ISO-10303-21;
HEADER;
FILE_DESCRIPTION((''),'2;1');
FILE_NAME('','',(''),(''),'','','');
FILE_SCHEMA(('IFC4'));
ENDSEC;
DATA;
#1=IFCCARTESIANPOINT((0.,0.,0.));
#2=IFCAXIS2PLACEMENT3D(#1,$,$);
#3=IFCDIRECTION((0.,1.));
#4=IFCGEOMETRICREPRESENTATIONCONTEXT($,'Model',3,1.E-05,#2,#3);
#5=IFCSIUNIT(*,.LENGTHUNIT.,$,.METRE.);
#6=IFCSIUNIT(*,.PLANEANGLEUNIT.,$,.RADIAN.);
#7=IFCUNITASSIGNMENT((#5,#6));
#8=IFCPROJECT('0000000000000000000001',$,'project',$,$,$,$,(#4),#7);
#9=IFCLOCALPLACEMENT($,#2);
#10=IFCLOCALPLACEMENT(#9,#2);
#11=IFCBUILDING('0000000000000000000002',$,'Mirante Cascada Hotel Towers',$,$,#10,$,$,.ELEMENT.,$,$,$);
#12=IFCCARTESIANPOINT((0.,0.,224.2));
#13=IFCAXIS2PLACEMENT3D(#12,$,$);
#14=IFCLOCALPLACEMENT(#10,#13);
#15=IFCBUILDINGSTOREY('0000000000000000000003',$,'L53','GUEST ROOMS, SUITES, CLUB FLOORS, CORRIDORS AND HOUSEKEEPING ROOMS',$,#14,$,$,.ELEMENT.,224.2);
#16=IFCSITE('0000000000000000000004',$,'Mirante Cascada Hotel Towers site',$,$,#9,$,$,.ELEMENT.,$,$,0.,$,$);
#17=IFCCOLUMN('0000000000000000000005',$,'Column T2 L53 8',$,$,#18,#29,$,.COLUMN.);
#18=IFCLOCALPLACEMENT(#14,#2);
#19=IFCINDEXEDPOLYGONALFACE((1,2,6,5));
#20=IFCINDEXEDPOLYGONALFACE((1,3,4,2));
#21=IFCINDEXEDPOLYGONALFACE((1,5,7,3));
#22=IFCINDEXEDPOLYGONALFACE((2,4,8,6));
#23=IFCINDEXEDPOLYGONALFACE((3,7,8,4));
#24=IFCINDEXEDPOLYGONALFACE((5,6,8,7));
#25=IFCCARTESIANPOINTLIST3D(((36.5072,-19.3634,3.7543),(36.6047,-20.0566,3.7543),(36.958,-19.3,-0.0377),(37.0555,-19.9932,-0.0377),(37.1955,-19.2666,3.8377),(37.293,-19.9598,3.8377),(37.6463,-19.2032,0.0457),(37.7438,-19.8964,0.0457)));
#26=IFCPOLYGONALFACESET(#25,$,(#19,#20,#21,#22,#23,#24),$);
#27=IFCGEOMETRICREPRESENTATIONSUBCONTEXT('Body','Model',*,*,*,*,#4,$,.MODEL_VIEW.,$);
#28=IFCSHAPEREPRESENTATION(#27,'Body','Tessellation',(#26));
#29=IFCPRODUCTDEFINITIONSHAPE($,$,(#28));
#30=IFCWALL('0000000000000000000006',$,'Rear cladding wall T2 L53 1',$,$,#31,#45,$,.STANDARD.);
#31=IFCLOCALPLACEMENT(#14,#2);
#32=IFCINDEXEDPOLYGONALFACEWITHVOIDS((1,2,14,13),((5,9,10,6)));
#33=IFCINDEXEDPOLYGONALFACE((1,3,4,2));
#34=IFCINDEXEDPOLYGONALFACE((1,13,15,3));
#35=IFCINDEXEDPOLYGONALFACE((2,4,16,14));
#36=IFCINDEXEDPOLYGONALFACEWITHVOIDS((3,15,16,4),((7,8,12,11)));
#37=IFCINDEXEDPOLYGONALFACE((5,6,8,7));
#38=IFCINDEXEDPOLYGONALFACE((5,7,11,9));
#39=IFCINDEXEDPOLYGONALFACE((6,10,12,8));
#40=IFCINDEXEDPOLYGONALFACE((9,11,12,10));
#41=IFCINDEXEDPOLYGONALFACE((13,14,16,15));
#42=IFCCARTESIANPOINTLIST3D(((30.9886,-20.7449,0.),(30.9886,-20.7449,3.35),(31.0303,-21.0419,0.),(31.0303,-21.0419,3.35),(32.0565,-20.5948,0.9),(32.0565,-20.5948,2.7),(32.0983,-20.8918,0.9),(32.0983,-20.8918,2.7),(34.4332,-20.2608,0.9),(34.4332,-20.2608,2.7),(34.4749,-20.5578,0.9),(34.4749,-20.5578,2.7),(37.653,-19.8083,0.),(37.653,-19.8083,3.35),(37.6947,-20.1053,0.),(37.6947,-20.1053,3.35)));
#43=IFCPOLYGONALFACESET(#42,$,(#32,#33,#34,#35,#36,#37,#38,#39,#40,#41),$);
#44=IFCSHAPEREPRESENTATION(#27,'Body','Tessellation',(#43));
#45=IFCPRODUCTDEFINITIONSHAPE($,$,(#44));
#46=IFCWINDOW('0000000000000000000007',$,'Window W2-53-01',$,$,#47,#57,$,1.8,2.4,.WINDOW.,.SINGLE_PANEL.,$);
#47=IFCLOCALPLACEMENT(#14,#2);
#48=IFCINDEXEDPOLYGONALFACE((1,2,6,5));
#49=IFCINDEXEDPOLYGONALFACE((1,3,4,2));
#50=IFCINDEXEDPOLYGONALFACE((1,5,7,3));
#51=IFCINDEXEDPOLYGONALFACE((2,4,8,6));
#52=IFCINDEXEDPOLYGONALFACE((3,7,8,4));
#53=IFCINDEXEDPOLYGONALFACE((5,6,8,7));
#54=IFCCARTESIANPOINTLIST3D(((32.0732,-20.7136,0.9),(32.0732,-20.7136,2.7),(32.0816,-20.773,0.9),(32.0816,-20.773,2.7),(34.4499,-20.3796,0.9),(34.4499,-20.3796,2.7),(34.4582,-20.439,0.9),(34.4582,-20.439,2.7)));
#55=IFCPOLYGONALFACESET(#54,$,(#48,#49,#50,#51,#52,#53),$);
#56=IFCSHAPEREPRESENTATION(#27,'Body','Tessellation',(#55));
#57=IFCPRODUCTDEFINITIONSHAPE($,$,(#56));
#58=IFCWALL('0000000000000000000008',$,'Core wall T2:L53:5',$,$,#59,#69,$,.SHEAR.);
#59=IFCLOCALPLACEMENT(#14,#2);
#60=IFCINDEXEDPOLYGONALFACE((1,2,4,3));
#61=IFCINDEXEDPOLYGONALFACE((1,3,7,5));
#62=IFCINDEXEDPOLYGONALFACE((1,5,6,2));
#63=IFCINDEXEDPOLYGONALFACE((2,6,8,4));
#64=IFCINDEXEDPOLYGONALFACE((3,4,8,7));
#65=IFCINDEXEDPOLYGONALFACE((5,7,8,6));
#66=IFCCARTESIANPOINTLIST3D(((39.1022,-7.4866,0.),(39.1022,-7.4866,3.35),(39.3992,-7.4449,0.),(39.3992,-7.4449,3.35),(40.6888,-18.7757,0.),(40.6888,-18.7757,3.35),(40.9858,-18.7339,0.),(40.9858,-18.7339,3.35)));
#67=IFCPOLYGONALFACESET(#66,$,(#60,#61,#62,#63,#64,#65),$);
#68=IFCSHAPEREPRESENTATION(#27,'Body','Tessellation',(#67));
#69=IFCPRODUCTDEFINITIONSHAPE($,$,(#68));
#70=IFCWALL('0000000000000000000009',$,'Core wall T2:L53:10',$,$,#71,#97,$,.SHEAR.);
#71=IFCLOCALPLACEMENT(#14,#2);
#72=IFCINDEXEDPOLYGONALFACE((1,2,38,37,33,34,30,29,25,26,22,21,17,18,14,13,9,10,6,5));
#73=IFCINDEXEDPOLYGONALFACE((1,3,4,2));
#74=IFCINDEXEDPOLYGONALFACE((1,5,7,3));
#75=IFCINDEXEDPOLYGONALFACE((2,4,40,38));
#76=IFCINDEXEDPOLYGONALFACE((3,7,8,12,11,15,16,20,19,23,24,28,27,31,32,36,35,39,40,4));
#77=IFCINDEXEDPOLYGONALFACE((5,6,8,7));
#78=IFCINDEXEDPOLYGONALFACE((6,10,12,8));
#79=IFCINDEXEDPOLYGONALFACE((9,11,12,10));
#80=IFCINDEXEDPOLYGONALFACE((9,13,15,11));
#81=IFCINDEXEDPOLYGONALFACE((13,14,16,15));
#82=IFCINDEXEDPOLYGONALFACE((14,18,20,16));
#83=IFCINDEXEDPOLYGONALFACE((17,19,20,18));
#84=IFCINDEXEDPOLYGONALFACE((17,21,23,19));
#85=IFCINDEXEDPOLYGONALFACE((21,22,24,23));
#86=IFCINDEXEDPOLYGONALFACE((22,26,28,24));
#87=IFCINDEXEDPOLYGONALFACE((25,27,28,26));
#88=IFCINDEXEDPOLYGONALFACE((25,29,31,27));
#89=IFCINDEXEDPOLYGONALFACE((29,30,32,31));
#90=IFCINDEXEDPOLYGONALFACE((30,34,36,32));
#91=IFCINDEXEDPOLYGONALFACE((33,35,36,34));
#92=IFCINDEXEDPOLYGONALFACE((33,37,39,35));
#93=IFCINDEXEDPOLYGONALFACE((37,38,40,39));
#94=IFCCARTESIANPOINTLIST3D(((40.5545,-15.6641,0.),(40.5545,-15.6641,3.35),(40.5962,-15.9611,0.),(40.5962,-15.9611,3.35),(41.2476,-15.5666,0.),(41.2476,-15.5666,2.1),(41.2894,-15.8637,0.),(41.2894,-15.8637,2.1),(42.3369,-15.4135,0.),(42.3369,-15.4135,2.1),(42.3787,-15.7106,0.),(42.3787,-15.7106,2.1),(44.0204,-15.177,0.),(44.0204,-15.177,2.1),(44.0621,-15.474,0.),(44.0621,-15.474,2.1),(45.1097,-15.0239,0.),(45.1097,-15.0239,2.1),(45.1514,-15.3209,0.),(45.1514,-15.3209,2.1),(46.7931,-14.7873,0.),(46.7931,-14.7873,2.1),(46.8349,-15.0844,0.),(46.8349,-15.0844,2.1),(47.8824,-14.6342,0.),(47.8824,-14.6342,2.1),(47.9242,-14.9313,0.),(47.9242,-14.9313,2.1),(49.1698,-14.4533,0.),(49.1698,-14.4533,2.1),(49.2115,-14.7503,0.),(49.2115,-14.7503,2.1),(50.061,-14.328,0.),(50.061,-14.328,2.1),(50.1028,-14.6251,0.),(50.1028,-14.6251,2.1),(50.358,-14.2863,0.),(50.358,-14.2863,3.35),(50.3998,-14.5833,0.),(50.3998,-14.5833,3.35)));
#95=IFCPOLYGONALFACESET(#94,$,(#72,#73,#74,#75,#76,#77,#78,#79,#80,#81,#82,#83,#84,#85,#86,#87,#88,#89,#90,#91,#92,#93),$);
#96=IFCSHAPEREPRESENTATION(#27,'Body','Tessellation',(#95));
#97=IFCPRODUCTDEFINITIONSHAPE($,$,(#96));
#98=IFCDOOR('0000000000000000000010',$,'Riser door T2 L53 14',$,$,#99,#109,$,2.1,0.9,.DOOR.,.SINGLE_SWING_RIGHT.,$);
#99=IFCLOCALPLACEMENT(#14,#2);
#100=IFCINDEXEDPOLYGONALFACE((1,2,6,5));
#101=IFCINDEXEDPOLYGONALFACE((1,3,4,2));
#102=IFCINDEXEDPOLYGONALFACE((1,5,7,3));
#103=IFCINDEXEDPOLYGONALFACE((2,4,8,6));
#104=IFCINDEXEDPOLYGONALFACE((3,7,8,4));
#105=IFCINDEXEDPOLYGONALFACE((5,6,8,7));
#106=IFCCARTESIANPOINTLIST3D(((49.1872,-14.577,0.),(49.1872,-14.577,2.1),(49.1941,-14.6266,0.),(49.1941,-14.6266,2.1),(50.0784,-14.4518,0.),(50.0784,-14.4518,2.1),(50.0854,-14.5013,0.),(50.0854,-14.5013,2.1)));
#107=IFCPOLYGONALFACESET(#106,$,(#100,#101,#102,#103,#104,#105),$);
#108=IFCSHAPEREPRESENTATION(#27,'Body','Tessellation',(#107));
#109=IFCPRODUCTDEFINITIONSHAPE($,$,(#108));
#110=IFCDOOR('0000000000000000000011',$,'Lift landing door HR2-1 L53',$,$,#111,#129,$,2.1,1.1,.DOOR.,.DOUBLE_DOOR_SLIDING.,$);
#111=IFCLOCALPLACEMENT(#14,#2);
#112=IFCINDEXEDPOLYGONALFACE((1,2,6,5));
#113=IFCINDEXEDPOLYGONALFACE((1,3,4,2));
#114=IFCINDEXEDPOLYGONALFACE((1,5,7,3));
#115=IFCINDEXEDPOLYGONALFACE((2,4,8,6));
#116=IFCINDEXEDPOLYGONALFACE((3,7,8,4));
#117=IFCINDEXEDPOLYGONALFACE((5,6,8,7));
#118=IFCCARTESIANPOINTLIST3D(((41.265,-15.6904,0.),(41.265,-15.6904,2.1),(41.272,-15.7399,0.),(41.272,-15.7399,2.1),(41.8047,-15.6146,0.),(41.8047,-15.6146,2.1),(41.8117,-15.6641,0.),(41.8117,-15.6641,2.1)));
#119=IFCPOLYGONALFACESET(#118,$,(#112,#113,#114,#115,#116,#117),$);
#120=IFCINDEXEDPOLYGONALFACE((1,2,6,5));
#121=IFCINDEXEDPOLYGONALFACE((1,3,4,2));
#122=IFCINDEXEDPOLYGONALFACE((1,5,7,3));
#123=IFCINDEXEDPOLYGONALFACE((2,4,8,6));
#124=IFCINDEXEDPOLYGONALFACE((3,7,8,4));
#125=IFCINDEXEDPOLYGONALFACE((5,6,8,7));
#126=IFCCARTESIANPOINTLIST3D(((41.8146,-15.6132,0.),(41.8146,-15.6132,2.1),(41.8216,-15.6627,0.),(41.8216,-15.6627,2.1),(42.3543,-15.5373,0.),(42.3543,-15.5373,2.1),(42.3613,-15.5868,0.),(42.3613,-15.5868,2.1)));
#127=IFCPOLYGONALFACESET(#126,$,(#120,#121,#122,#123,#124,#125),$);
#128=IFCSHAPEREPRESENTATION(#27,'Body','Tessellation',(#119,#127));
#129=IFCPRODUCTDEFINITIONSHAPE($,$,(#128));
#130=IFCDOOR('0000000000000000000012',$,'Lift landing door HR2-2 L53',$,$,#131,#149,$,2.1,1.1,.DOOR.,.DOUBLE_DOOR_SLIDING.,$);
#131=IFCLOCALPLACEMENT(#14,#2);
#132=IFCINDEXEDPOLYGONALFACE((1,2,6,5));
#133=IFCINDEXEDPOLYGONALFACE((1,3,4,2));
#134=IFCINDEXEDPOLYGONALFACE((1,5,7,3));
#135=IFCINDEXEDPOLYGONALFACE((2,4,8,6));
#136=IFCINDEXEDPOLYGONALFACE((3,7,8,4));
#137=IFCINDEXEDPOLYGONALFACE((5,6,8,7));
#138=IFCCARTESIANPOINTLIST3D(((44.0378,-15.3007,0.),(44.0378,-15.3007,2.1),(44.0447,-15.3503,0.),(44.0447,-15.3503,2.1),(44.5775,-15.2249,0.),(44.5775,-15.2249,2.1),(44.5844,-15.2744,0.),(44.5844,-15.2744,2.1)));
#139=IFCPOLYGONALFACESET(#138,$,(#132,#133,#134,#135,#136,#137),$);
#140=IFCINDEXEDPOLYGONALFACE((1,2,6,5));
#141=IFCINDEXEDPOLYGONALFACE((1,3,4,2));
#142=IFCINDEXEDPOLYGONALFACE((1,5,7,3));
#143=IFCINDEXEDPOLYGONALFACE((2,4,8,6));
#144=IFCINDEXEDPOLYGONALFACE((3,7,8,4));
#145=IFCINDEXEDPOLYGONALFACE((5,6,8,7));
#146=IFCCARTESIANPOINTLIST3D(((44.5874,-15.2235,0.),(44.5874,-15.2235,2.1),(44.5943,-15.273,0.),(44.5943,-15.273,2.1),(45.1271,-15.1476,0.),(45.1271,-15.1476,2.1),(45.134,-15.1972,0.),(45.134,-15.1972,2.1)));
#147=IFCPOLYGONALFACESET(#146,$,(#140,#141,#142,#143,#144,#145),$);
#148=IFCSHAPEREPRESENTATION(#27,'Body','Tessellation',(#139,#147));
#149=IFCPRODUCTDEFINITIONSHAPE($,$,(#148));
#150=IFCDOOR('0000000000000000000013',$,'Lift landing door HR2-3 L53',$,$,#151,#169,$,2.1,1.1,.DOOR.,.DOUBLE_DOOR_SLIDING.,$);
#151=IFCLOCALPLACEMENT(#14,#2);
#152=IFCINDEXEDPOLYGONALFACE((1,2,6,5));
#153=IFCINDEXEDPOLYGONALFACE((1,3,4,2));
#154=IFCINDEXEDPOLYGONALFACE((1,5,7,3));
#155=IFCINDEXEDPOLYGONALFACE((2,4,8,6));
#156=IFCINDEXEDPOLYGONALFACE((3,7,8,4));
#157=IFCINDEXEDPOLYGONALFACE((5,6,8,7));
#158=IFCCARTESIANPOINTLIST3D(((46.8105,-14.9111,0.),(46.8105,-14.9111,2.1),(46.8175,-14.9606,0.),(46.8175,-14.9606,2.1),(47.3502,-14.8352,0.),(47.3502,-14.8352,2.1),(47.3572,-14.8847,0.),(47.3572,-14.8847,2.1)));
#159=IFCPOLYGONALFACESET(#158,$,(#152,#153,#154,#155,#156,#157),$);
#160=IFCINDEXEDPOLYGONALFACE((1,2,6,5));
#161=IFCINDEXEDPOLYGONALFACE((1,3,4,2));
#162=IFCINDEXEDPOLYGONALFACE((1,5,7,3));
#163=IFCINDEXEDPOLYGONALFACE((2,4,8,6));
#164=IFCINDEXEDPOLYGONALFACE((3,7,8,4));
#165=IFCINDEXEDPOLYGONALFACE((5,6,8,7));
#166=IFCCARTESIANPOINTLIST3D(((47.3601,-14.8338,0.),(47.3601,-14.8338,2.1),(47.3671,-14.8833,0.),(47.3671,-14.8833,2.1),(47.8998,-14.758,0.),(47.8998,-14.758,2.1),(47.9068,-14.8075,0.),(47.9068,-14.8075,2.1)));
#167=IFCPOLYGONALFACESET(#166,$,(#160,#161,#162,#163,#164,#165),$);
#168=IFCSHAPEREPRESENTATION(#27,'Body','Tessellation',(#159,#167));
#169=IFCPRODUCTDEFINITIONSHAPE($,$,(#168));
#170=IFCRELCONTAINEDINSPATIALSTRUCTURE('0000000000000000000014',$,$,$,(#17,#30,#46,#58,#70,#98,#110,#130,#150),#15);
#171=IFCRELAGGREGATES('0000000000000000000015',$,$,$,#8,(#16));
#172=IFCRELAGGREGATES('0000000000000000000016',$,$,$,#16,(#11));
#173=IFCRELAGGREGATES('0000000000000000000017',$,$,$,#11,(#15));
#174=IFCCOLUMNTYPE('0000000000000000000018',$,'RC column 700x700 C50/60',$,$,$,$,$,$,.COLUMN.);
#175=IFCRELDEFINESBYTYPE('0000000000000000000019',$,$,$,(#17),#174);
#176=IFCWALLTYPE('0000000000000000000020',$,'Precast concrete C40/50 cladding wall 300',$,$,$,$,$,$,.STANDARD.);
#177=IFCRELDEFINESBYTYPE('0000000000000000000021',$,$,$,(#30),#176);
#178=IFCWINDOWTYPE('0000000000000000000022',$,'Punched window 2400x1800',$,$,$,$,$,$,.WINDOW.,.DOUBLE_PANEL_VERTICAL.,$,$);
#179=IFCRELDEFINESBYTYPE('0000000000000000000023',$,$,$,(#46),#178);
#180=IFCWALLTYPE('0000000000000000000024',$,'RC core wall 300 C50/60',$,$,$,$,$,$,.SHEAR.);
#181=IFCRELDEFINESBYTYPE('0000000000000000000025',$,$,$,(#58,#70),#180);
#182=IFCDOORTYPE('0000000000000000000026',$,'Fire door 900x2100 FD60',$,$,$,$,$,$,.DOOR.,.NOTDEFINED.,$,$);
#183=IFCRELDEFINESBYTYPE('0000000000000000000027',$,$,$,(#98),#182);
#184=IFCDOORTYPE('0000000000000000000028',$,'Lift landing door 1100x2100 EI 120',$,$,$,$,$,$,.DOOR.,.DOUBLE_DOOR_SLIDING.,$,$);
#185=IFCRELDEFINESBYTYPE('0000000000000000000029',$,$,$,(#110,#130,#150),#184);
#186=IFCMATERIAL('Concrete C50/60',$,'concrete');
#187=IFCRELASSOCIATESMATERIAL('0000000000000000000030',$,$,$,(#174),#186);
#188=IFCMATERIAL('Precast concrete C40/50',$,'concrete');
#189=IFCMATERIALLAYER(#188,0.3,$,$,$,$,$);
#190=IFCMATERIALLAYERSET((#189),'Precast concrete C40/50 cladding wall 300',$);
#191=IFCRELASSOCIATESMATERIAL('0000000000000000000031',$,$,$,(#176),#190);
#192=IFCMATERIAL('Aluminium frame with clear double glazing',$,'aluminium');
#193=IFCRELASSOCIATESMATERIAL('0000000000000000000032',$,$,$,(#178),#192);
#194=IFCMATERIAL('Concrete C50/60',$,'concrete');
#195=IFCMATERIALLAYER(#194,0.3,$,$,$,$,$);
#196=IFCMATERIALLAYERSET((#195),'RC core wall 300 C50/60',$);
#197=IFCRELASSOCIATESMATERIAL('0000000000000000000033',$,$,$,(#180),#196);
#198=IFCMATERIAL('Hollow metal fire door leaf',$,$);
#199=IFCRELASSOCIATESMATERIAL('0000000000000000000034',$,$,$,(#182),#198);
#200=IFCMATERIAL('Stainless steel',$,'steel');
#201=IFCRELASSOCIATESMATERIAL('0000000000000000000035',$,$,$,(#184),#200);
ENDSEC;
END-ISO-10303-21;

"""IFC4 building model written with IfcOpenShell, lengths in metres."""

from ifc_helpers import new_model, si_unit, direction, frame, frame_2d, origin, origin_2d, place, context, subcontext, project, spatial, rectangle, extrude, material, layer, layer_set, material_profile, profile_set, type_object, element, fill, save


model = new_model("IFC4")

# Units and contexts
model_context = context("Model", 3, precision=1e-05, world=origin(), true_north=direction((0.0, 1.0)))
body_context = subcontext(model_context, "Body", "Model", "MODEL_VIEW")
ifc_project = project(units=[si_unit("LENGTHUNIT", "METRE"), si_unit("PLANEANGLEUNIT", "RADIAN")], contexts=[model_context])

# Site, building, storey
site_placement = place(None, origin())
site = spatial("IfcSite", under=ifc_project, at=site_placement, Name="Mirante Cascada Hotel Towers site", CompositionType="ELEMENT", RefElevation=0.0)
building_placement = place(site_placement, origin())
building = spatial("IfcBuilding", under=site, at=building_placement, Name="Mirante Cascada Hotel Towers", CompositionType="ELEMENT")
storey_placement = place(building_placement, frame((0.0, 0.0, 224.2)))
storey = spatial("IfcBuildingStorey", under=building, at=storey_placement, Name="L53", Description="GUEST ROOMS, SUITES, CLUB FLOORS, CORRIDORS AND HOUSEKEEPING ROOMS", CompositionType="ELEMENT", Elevation=224.2)

# Column
ifc_material_1 = material(Name="Concrete C50/60", Category="concrete")
ifc_material_profile = material_profile(ifc_material_1, rectangle(XDim=0.7, YDim=0.7, at=origin_2d()), Name="RC column 700x700 C50/60")
ifc_profile_set = profile_set([ifc_material_profile], Name="Concrete C50/60")
column_type = type_object("IfcColumnType", Name="RC column 700x700 C50/60", PredefinedType="COLUMN", material=ifc_profile_set)
column_placement = place(storey_placement, frame((37.3509, -19.5982, 0.004), z_axis=(-0.118034, -0.0166, 0.992871), x_axis=(0.139268, -0.990255, 0.0)))
element("IfcColumn", 1, at=column_placement, inside=storey, type_object=column_type, Name="Column T2 L53 8", PredefinedType="COLUMN", context=body_context, shape_type="SweptSolid", body=[
    extrude(rectangle(XDim=0.7, YDim=0.7, at=origin_2d()), origin(), (0.0, 0.0, 1.0), 3.8192),
])

# Wall, opening, window
ifc_material_2 = material(Name="Precast concrete C40/50", Category="concrete")
ifc_layer_1 = layer(ifc_material_2, 0.3)
ifc_layer_set_1 = layer_set([ifc_layer_1], Name="Precast concrete C40/50 cladding wall 300")
wall_type_1 = type_object("IfcWallType", Name="Precast concrete C40/50 cladding wall 300", PredefinedType="STANDARD", material=ifc_layer_set_1)
wall_1_placement = place(storey_placement, frame((31.0094, -20.8934, 0.0), z_axis=(0.0, 0.0, 1.0), x_axis=(0.990268, 0.13917, 0.0)))
wall_1 = element("IfcWall", 2, at=wall_1_placement, inside=storey, type_object=wall_type_1, Name="Rear cladding wall T2 L53 1", PredefinedType="STANDARD", context=body_context, shape_type="SweptSolid", body=[
    extrude(rectangle(XDim=6.7299, YDim=0.3, at=frame_2d((3.365, 0.0))), origin(), (0.0, 0.0, 1.0), 3.35),
])
opening_1_placement = place(wall_1_placement, frame((1.0785, 0.0, 0.9)))
opening_1 = element("IfcOpeningElement", 3, at=opening_1_placement, cuts=wall_1, PredefinedType="OPENING", context=body_context, shape_type="SweptSolid", body=[
    extrude(rectangle(XDim=2.4, YDim=1.8, at=frame_2d((1.2, 0.9))), frame((0.0, 0.15, 0.0), z_axis=(0.0, -1.0, 0.0), x_axis=(1.0, 0.0, 0.0)), (0.0, 0.0, 1.0), 0.3),
])
ifc_material_3 = material(Name="Aluminium frame with clear double glazing", Category="aluminium")
window_type = type_object("IfcWindowType", Name="Punched window 2400x1800", PartitioningType="DOUBLE_PANEL_VERTICAL", PredefinedType="WINDOW", material=ifc_material_3)
window_placement = place(opening_1_placement, origin())
window = element("IfcWindow", 4, at=window_placement, inside=storey, type_object=window_type, Name="Window W2-53-01", OverallHeight=1.8, OverallWidth=2.4, PartitioningType="SINGLE_PANEL", PredefinedType="WINDOW", context=body_context, shape_type="SweptSolid", body=[
    extrude(rectangle(XDim=2.4, YDim=1.8, at=frame_2d((1.2, 0.9))), frame((0.0, 0.03, 0.0), z_axis=(0.0, -1.0, 0.0), x_axis=(1.0, 0.0, 0.0)), (0.0, 0.0, 1.0), 0.06),
])
fill(opening_1, window)

# Wall
ifc_material_4 = material(Name="Concrete C50/60", Category="concrete")
ifc_layer_2 = layer(ifc_material_4, 0.3)
ifc_layer_set_2 = layer_set([ifc_layer_2], Name="RC core wall 300 C50/60")
wall_type_2 = type_object("IfcWallType", Name="RC core wall 300 C50/60", PredefinedType="SHEAR", material=ifc_layer_set_2)
wall_2_placement = place(storey_placement, frame((40.8373, -18.7548, 0.0), z_axis=(0.0, 0.0, 1.0), x_axis=(-0.139175, 0.990268, 0.0)))
element("IfcWall", 5, at=wall_2_placement, inside=storey, type_object=wall_type_2, Name="Core wall T2:L53:5", PredefinedType="SHEAR", context=body_context, shape_type="SweptSolid", body=[
    extrude(rectangle(XDim=11.4, YDim=0.3, at=frame_2d((5.7, 0.0))), origin(), (0.0, 0.0, 1.0), 3.35),
])

# Wall, openings, doors
wall_3_placement = place(storey_placement, frame((40.5753, -15.8126, 0.0), z_axis=(0.0, 0.0, 1.0), x_axis=(0.990268, 0.139173, 0.0)))
wall_3 = element("IfcWall", 6, at=wall_3_placement, inside=storey, type_object=wall_type_2, Name="Core wall T2:L53:10", PredefinedType="SHEAR", context=body_context, shape_type="SweptSolid", body=[
    extrude(rectangle(XDim=9.8999, YDim=0.3, at=frame_2d((4.95, 0.0))), origin(), (0.0, 0.0, 1.0), 3.35),
])
opening_2_placement = place(wall_3_placement, frame((0.7, 0.0, 0.0)))
opening_2 = element("IfcOpeningElement", 7, at=opening_2_placement, cuts=wall_3, PredefinedType="OPENING", context=body_context, shape_type="SweptSolid", body=[
    extrude(rectangle(XDim=1.1, YDim=2.1, at=frame_2d((0.55, 1.05))), frame((0.0, 0.15, 0.0), z_axis=(0.0, -1.0, 0.0), x_axis=(1.0, 0.0, 0.0)), (0.0, 0.0, 1.0), 0.3),
])
opening_3_placement = place(wall_3_placement, frame((3.5, 0.0, 0.0)))
opening_3 = element("IfcOpeningElement", 8, at=opening_3_placement, cuts=wall_3, PredefinedType="OPENING", context=body_context, shape_type="SweptSolid", body=[
    extrude(rectangle(XDim=1.1, YDim=2.1, at=frame_2d((0.55, 1.05))), frame((0.0, 0.15, 0.0), z_axis=(0.0, -1.0, 0.0), x_axis=(1.0, 0.0, 0.0)), (0.0, 0.0, 1.0), 0.3),
])
opening_4_placement = place(wall_3_placement, frame((6.3, 0.0, 0.0)))
opening_4 = element("IfcOpeningElement", 9, at=opening_4_placement, cuts=wall_3, PredefinedType="OPENING", context=body_context, shape_type="SweptSolid", body=[
    extrude(rectangle(XDim=1.1, YDim=2.1, at=frame_2d((0.55, 1.05))), frame((0.0, 0.15, 0.0), z_axis=(0.0, -1.0, 0.0), x_axis=(1.0, 0.0, 0.0)), (0.0, 0.0, 1.0), 0.3),
])
opening_5_placement = place(wall_3_placement, frame((8.7, 0.0, 0.0)))
opening_5 = element("IfcOpeningElement", 10, at=opening_5_placement, cuts=wall_3, PredefinedType="OPENING", context=body_context, shape_type="SweptSolid", body=[
    extrude(rectangle(XDim=0.9, YDim=2.1, at=frame_2d((0.45, 1.05))), frame((0.0, 0.15, 0.0), z_axis=(0.0, -1.0, 0.0), x_axis=(1.0, 0.0, 0.0)), (0.0, 0.0, 1.0), 0.3),
])
ifc_material_5 = material(Name="Hollow metal fire door leaf")
door_type_1 = type_object("IfcDoorType", Name="Fire door 900x2100 FD60", OperationType="NOTDEFINED", PredefinedType="DOOR", material=ifc_material_5)
door_1_placement = place(opening_5_placement, frame((0.9, 0.0, 0.0), z_axis=(0.0, 0.0, 1.0), x_axis=(-1.0, 0.0, 0.0)))
door_1 = element("IfcDoor", 11, at=door_1_placement, inside=storey, type_object=door_type_1, Name="Riser door T2 L53 14", OperationType="SINGLE_SWING_RIGHT", OverallHeight=2.1, OverallWidth=0.9, PredefinedType="DOOR", context=body_context, shape_type="SweptSolid", body=[
    extrude(rectangle(XDim=0.9, YDim=2.1, at=frame_2d((0.45, 1.05))), frame((0.0, 0.025, 0.0), z_axis=(0.0, -1.0, 0.0), x_axis=(1.0, 0.0, 0.0)), (0.0, 0.0, 1.0), 0.05),
])
fill(opening_5, door_1)
ifc_material_6 = material(Name="Stainless steel", Category="steel")
door_type_2 = type_object("IfcDoorType", Name="Lift landing door 1100x2100 EI 120", OperationType="DOUBLE_DOOR_SLIDING", PredefinedType="DOOR", material=ifc_material_6)
door_2_placement = place(opening_2_placement, origin())
door_2 = element("IfcDoor", 12, at=door_2_placement, inside=storey, type_object=door_type_2, Name="Lift landing door HR2-1 L53", OperationType="DOUBLE_DOOR_SLIDING", OverallHeight=2.1, OverallWidth=1.1, PredefinedType="DOOR", context=body_context, shape_type="SweptSolid", body=[
    extrude(rectangle(XDim=0.545, YDim=2.1, at=frame_2d((0.2725, 1.05))), frame((0.0, 0.025, 0.0), z_axis=(0.0, -1.0, 0.0), x_axis=(1.0, 0.0, 0.0)), (0.0, 0.0, 1.0), 0.05),
    extrude(rectangle(XDim=0.545, YDim=2.1, at=frame_2d((0.8275, 1.05))), frame((0.0, 0.025, 0.0), z_axis=(0.0, -1.0, 0.0), x_axis=(1.0, 0.0, 0.0)), (0.0, 0.0, 1.0), 0.05),
])
fill(opening_2, door_2)
door_3_placement = place(opening_3_placement, origin())
door_3 = element("IfcDoor", 13, at=door_3_placement, inside=storey, type_object=door_type_2, Name="Lift landing door HR2-2 L53", OperationType="DOUBLE_DOOR_SLIDING", OverallHeight=2.1, OverallWidth=1.1, PredefinedType="DOOR", context=body_context, shape_type="SweptSolid", body=[
    extrude(rectangle(XDim=0.545, YDim=2.1, at=frame_2d((0.2725, 1.05))), frame((0.0, 0.025, 0.0), z_axis=(0.0, -1.0, 0.0), x_axis=(1.0, 0.0, 0.0)), (0.0, 0.0, 1.0), 0.05),
    extrude(rectangle(XDim=0.545, YDim=2.1, at=frame_2d((0.8275, 1.05))), frame((0.0, 0.025, 0.0), z_axis=(0.0, -1.0, 0.0), x_axis=(1.0, 0.0, 0.0)), (0.0, 0.0, 1.0), 0.05),
])
fill(opening_3, door_3)
door_4_placement = place(opening_4_placement, origin())
door_4 = element("IfcDoor", 14, at=door_4_placement, inside=storey, type_object=door_type_2, Name="Lift landing door HR2-3 L53", OperationType="DOUBLE_DOOR_SLIDING", OverallHeight=2.1, OverallWidth=1.1, PredefinedType="DOOR", context=body_context, shape_type="SweptSolid", body=[
    extrude(rectangle(XDim=0.545, YDim=2.1, at=frame_2d((0.2725, 1.05))), frame((0.0, 0.025, 0.0), z_axis=(0.0, -1.0, 0.0), x_axis=(1.0, 0.0, 0.0)), (0.0, 0.0, 1.0), 0.05),
    extrude(rectangle(XDim=0.545, YDim=2.1, at=frame_2d((0.8275, 1.05))), frame((0.0, 0.025, 0.0), z_axis=(0.0, -1.0, 0.0), x_axis=(1.0, 0.0, 0.0)), (0.0, 0.0, 1.0), 0.05),
])
fill(opening_4, door_4)

save(model, "model.ifc")
